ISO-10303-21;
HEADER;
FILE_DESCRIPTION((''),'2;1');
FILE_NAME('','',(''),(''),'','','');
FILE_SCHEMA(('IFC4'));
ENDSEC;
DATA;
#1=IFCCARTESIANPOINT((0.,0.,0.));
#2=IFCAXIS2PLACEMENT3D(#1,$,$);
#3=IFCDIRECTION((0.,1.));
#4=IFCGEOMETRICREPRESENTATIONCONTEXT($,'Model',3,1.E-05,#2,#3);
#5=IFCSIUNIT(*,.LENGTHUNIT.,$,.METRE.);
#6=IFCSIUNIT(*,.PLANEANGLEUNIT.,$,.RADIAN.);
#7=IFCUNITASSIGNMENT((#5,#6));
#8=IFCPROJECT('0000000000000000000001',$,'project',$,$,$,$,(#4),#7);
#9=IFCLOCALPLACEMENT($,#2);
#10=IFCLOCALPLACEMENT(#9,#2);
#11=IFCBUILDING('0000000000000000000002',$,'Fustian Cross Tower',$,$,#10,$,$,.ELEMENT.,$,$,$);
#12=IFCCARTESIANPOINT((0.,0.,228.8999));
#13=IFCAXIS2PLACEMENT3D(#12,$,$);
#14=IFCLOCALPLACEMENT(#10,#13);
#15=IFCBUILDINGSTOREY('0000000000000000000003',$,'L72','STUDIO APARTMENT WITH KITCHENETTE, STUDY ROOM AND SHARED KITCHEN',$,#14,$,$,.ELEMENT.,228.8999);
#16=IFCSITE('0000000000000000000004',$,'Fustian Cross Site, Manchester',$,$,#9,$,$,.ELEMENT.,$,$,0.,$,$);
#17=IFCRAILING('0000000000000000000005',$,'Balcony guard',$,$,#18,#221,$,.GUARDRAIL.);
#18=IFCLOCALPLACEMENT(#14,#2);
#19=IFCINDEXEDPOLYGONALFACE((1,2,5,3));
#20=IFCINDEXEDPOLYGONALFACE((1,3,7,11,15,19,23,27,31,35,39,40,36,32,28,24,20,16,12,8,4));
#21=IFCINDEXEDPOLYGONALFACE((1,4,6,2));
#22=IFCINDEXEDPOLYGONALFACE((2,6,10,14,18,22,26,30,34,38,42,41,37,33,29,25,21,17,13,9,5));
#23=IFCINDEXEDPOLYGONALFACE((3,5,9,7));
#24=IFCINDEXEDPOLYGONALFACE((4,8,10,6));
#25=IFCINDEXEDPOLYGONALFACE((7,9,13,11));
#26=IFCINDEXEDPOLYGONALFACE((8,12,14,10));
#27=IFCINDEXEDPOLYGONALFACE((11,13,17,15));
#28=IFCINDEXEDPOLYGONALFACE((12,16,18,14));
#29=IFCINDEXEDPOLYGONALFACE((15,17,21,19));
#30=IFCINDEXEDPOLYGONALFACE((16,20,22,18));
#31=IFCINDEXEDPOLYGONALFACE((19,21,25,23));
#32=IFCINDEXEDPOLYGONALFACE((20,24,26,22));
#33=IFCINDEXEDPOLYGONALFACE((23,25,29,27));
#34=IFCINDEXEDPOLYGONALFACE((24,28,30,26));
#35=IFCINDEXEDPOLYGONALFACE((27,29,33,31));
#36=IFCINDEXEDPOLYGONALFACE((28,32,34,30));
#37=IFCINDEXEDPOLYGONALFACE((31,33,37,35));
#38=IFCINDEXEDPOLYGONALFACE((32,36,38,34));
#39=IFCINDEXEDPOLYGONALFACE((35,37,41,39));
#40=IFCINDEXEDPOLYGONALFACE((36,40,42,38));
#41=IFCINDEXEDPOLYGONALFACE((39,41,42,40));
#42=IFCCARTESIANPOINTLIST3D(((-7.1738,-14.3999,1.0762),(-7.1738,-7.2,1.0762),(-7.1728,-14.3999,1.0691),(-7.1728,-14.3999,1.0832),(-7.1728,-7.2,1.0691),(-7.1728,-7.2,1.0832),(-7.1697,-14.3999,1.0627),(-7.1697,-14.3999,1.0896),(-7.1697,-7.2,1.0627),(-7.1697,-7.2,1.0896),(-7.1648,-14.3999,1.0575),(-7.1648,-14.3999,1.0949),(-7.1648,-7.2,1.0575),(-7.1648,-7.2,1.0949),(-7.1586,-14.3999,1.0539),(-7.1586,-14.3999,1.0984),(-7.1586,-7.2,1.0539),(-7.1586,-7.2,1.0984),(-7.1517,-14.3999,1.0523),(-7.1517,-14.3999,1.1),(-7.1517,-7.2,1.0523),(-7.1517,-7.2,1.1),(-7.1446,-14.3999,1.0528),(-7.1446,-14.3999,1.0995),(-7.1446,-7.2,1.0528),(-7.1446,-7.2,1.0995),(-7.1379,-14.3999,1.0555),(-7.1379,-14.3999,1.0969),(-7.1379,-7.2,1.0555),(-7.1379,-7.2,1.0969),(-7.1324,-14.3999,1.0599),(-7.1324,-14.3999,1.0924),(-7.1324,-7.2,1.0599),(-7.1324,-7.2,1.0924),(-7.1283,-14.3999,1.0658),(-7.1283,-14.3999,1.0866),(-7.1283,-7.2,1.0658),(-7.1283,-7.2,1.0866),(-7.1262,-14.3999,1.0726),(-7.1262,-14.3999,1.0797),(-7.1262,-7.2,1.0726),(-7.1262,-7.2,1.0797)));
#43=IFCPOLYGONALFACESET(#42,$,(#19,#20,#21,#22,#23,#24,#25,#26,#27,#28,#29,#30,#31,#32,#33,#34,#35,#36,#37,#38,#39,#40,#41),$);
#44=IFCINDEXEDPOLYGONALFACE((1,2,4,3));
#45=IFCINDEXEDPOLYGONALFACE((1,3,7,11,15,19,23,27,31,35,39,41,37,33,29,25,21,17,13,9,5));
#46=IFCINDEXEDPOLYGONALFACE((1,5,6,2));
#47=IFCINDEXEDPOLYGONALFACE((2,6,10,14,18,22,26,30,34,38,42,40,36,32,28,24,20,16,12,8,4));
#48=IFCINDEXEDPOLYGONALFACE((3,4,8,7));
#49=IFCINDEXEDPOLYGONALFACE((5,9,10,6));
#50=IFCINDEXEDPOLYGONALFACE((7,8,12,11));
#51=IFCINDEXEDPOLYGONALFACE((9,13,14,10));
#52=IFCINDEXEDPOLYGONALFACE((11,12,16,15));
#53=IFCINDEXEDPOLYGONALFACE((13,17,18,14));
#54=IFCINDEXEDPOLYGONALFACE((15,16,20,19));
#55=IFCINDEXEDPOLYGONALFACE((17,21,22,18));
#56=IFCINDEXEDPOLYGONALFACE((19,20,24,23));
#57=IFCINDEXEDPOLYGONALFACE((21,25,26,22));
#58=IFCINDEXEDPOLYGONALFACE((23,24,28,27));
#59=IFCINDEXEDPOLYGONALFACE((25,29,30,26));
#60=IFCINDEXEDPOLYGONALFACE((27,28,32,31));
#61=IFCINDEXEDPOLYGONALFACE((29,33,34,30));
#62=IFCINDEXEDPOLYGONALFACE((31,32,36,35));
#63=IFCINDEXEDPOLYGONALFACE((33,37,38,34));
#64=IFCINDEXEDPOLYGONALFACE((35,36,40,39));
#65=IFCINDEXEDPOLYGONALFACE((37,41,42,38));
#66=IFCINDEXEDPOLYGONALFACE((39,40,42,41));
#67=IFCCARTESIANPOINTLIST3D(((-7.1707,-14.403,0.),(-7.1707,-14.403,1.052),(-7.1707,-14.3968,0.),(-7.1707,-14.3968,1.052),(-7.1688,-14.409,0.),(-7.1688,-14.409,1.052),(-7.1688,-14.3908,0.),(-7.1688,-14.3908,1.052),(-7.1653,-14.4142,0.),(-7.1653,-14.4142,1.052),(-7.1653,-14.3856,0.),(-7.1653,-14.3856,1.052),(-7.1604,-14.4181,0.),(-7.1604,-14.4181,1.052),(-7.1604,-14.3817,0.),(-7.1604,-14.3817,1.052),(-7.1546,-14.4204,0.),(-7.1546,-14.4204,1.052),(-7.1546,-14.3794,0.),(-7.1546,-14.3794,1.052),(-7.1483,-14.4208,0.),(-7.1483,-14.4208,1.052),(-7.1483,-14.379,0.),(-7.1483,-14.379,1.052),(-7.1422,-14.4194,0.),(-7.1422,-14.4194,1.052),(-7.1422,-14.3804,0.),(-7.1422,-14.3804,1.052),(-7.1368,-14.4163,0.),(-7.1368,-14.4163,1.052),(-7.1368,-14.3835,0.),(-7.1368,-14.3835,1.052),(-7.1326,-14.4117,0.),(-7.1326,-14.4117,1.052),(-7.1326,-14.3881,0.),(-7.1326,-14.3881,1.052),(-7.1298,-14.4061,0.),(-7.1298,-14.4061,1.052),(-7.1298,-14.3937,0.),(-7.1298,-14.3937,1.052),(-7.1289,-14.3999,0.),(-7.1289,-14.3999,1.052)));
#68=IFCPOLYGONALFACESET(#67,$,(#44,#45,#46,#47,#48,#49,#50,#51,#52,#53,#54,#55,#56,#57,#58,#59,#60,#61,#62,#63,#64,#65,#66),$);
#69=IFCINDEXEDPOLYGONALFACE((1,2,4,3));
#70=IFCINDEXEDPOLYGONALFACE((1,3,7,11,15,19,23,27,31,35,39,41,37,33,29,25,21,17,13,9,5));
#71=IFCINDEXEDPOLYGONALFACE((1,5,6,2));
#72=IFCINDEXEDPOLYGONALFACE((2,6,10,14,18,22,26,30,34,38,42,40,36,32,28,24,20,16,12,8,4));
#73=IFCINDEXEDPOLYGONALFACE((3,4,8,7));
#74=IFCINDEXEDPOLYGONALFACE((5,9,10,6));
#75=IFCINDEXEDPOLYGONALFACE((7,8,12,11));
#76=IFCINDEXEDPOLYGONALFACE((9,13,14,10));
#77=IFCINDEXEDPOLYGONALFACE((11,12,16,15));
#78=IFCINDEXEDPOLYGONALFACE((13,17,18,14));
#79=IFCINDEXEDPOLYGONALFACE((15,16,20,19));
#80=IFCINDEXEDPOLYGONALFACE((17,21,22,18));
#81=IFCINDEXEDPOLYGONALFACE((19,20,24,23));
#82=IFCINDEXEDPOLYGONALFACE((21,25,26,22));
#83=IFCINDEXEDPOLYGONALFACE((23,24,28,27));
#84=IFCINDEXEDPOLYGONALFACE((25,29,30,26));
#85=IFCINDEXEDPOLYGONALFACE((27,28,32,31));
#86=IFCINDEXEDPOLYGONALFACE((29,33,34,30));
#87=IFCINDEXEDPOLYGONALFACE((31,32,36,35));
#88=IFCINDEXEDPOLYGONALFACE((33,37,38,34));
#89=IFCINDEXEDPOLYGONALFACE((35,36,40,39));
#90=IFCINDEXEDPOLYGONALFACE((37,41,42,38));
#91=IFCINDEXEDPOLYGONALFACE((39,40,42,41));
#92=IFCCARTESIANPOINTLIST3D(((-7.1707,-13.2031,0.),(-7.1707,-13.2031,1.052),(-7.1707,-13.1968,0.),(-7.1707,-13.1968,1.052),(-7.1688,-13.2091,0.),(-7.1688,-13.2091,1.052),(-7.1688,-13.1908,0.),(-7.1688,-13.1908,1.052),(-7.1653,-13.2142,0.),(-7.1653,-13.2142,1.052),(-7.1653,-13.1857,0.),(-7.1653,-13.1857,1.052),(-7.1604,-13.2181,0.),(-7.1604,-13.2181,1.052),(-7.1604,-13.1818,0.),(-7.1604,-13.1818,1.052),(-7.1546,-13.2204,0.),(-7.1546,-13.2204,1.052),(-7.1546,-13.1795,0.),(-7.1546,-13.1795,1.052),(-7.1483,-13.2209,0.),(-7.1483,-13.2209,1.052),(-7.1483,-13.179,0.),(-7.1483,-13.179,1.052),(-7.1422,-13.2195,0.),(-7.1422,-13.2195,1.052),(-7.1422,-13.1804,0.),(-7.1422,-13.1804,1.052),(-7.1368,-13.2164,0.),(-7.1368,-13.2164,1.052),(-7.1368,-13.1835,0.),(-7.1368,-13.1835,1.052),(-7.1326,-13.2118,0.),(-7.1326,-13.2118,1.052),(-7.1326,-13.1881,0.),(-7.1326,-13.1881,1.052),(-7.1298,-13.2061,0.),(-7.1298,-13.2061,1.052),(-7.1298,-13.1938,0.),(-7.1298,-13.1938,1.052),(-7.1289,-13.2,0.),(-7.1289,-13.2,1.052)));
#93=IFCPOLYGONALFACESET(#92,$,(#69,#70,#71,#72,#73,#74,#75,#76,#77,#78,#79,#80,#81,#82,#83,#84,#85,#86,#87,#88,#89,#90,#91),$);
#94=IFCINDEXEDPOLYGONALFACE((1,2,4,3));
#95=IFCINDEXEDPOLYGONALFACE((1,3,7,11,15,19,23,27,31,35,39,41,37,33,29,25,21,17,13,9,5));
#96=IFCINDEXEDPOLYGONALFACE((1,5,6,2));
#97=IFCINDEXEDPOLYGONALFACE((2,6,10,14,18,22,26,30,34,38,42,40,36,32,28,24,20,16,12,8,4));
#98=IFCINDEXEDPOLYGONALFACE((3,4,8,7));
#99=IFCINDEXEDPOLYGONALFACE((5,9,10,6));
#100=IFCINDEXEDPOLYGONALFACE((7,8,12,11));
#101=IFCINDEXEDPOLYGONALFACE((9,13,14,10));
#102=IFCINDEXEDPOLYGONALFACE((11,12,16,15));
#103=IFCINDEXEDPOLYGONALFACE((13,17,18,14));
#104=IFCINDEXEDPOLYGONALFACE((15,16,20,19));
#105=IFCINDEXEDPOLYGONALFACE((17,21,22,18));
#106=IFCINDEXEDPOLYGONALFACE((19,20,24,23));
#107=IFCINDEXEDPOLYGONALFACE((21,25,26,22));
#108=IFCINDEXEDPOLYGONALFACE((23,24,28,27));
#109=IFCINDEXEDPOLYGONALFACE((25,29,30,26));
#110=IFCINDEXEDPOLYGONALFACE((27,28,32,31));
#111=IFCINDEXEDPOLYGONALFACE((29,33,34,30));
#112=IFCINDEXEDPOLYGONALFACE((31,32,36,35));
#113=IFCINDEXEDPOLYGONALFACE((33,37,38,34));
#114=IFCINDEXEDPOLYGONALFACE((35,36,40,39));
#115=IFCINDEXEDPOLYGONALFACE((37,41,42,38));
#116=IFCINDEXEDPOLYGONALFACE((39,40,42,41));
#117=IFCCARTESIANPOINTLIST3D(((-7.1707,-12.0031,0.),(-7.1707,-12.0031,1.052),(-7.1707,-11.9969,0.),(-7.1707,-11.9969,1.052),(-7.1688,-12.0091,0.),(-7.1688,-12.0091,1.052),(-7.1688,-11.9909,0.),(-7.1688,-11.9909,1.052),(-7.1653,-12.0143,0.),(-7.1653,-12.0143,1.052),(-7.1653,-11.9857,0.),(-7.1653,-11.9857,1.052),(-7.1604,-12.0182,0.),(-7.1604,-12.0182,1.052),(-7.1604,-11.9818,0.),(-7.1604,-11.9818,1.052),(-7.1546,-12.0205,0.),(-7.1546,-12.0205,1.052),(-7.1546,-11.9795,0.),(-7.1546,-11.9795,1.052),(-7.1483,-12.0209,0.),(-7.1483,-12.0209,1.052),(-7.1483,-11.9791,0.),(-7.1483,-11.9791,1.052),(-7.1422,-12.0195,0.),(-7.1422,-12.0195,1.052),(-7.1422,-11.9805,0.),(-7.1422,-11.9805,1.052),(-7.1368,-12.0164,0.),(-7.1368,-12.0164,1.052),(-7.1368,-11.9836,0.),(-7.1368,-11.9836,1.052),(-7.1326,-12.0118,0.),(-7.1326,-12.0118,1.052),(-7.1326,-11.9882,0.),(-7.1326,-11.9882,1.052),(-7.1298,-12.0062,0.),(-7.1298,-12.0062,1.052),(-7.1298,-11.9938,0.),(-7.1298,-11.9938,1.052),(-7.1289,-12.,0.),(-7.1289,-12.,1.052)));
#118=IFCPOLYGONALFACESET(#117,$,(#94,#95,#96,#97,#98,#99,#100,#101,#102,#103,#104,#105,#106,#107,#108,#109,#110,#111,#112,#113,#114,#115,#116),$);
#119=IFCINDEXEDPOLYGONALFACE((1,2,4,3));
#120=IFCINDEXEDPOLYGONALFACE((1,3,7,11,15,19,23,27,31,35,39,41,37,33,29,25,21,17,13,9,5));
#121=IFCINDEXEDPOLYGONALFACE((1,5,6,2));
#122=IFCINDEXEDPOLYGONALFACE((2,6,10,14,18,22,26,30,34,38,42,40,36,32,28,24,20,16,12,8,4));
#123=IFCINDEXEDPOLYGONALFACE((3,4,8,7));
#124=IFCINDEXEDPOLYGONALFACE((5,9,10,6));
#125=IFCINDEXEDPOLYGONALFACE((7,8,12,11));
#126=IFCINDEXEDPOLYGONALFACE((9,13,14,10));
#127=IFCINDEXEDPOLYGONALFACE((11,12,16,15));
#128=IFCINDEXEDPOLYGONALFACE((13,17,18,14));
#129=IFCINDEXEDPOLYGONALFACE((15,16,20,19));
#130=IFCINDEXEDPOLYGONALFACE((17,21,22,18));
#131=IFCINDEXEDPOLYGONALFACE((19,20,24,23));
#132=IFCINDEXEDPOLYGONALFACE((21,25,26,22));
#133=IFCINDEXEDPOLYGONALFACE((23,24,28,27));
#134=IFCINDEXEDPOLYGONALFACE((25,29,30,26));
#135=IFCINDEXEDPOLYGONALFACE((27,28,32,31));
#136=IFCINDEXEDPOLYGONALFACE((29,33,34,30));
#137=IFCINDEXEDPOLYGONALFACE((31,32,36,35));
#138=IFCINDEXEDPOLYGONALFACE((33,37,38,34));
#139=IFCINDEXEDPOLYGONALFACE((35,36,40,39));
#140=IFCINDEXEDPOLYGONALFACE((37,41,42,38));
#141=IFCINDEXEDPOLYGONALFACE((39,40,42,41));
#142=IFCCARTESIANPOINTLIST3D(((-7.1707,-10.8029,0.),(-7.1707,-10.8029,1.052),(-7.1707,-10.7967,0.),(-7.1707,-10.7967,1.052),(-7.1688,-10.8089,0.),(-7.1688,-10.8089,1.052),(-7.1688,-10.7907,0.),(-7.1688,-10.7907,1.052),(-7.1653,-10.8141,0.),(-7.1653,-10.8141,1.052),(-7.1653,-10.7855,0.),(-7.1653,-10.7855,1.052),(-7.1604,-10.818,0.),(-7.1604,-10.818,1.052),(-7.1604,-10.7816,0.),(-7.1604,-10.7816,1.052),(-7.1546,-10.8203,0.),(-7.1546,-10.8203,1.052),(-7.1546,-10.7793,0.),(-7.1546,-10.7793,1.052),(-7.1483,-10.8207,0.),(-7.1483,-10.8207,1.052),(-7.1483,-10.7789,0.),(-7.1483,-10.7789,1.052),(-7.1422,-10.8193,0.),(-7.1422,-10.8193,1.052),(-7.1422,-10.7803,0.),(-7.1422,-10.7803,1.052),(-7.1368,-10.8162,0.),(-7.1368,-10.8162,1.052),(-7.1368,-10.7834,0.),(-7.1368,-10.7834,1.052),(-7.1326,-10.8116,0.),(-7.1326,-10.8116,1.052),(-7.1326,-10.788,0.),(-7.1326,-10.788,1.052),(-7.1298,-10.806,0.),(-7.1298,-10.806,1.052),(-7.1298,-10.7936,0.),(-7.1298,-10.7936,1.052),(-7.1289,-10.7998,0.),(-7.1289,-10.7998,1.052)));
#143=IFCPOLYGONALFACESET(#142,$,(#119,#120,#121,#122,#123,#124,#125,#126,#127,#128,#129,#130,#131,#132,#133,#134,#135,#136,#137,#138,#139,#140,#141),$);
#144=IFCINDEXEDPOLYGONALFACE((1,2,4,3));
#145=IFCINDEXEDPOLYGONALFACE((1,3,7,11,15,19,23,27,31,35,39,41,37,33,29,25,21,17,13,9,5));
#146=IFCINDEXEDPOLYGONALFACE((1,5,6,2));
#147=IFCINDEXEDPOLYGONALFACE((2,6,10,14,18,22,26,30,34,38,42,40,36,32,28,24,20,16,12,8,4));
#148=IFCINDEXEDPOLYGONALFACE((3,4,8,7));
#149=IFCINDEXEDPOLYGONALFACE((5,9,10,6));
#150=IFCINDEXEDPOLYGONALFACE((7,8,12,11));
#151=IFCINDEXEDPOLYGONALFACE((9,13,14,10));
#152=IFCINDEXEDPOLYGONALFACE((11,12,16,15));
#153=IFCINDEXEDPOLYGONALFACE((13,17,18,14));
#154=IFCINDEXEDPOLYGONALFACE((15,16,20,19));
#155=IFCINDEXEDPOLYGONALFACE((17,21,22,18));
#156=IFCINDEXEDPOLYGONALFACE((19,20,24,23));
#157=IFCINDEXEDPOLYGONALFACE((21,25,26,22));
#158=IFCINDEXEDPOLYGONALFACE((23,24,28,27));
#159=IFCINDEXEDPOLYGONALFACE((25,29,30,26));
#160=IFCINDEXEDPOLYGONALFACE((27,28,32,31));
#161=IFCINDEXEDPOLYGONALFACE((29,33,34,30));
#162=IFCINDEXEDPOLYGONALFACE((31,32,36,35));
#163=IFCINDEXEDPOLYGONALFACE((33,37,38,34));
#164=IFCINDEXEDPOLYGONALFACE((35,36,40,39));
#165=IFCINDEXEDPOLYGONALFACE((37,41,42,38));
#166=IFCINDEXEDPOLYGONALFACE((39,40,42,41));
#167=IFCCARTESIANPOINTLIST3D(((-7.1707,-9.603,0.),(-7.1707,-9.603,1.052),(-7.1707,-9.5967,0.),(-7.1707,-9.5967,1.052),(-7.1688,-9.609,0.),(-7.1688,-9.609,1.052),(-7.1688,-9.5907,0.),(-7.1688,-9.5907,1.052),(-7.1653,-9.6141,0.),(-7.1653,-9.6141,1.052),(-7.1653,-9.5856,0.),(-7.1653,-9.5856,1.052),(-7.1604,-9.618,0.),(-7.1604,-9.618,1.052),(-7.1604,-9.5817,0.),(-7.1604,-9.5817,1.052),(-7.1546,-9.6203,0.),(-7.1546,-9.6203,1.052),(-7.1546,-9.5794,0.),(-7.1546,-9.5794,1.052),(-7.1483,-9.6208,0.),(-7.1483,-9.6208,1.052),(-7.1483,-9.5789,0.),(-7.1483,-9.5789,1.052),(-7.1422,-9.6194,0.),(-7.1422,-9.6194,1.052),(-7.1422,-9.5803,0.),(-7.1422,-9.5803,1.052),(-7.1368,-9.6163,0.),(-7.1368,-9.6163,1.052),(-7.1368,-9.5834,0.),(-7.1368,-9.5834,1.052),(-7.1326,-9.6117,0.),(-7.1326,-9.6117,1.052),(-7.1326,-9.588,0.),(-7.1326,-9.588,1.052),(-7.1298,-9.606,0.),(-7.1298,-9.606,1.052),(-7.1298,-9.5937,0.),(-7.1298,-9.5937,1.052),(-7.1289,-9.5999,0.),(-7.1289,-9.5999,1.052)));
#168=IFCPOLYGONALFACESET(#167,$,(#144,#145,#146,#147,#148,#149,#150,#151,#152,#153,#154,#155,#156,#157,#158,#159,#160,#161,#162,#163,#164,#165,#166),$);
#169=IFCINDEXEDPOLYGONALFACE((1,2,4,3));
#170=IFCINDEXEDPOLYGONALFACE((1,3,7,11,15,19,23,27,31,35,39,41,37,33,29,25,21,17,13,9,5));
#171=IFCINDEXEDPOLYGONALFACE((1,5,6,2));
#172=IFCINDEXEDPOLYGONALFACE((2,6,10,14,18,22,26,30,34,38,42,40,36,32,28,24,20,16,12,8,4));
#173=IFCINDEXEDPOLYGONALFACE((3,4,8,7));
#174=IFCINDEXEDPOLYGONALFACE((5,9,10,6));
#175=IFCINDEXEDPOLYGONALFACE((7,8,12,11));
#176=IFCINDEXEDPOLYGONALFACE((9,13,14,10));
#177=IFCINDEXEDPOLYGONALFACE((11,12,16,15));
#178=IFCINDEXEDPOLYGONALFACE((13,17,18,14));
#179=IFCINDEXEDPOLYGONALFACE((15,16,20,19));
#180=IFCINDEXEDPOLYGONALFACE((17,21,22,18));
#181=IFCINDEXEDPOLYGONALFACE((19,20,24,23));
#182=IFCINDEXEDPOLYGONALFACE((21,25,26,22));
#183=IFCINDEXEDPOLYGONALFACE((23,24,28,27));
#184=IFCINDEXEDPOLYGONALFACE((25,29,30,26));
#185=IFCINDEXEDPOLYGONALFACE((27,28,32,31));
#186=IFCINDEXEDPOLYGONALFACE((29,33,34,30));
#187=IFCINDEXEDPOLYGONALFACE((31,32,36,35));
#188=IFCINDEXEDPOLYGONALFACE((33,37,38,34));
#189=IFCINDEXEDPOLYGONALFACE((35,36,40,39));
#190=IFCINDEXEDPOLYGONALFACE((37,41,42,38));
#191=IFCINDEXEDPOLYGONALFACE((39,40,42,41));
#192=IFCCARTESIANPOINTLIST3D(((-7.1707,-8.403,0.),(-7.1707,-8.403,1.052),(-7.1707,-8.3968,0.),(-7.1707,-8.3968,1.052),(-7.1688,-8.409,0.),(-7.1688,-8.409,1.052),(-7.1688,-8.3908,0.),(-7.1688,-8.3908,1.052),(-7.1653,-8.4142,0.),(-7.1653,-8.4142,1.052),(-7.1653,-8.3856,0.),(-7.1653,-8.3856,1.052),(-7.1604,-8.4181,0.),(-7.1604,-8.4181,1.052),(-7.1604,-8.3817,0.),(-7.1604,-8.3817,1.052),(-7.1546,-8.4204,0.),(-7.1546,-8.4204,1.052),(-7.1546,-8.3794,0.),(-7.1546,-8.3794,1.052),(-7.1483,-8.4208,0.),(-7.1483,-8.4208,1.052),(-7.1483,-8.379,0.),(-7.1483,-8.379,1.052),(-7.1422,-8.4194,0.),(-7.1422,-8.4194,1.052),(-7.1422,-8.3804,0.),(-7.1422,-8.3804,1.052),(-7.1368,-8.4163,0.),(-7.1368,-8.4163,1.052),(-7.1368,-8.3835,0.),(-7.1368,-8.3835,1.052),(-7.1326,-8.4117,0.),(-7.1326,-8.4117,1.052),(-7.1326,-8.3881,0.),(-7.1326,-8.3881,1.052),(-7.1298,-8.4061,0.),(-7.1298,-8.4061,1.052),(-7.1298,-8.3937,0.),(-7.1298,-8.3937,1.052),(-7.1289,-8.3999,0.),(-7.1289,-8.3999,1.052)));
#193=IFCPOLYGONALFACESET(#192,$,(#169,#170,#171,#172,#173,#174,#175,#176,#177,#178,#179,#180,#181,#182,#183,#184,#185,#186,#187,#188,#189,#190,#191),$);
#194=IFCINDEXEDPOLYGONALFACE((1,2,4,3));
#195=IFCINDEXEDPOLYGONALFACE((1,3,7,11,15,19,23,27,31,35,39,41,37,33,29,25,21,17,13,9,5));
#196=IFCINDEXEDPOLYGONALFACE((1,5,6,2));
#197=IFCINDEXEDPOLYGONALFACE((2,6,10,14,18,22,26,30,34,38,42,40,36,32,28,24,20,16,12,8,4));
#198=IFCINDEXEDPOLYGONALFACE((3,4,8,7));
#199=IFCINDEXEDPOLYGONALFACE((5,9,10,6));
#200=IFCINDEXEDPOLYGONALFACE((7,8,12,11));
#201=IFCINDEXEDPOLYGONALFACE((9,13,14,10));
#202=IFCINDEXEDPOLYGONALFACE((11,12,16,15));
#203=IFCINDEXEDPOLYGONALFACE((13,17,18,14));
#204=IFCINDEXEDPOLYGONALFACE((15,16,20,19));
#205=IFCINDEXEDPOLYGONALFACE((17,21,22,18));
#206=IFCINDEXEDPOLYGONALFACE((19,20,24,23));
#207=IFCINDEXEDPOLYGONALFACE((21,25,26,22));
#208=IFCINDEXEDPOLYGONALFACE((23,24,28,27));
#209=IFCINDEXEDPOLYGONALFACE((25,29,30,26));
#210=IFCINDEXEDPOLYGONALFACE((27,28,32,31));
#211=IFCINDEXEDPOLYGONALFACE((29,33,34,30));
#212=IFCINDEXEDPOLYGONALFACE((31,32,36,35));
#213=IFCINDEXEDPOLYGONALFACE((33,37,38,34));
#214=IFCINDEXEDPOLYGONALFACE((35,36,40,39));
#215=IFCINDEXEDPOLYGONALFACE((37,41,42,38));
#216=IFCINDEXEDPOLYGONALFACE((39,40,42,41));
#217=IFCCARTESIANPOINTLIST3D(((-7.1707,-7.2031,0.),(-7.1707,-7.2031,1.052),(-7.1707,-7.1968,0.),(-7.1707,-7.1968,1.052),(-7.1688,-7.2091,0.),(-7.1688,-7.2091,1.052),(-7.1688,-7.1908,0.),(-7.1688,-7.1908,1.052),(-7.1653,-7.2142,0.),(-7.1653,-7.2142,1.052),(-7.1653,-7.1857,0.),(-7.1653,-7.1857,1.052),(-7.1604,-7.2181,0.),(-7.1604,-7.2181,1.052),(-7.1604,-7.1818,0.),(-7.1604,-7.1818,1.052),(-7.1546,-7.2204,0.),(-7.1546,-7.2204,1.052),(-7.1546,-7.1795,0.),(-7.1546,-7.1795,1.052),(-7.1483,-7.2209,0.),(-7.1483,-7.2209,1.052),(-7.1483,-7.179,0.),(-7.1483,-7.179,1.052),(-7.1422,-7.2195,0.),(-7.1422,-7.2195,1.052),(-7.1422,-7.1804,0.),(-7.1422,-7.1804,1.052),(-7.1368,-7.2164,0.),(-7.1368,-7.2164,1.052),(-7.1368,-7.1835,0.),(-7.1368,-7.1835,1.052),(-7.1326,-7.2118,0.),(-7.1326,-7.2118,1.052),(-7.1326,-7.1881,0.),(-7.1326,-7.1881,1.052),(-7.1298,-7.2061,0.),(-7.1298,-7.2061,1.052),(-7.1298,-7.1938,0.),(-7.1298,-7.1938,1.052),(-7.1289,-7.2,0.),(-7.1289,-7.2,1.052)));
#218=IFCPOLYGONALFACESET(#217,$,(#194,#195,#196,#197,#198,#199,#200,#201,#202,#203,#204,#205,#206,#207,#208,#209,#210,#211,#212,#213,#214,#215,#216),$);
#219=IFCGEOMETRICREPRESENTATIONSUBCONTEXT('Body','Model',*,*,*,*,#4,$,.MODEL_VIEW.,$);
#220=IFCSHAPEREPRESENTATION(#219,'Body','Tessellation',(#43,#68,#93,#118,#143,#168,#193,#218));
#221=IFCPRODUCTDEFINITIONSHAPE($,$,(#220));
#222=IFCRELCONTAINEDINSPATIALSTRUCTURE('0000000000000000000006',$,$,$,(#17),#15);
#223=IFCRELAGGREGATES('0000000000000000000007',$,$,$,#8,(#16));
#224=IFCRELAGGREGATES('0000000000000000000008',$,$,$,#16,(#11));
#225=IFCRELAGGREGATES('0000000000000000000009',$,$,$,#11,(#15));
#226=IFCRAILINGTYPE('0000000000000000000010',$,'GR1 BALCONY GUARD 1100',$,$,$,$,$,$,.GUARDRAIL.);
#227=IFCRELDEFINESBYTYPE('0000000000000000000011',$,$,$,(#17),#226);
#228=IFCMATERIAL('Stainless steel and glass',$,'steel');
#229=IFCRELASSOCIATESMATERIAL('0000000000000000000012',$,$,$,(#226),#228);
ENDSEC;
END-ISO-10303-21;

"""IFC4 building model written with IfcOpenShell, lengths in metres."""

from ifc_helpers import new_model, si_unit, direction, frame, origin, origin_2d, place, context, subcontext, project, spatial, circle, extrude, material, type_object, element, save


model = new_model("IFC4")

# Units and contexts
model_context = context("Model", 3, precision=1e-05, world=origin(), true_north=direction((0.0, 1.0)))
body_context = subcontext(model_context, "Body", "Model", "MODEL_VIEW")
ifc_project = project(units=[si_unit("LENGTHUNIT", "METRE"), si_unit("PLANEANGLEUNIT", "RADIAN")], contexts=[model_context])

# Site, building, storey
site_placement = place(None, origin())
site = spatial("IfcSite", under=ifc_project, at=site_placement, Name="Fustian Cross Site, Manchester", CompositionType="ELEMENT", RefElevation=0.0)
building_placement = place(site_placement, origin())
building = spatial("IfcBuilding", under=site, at=building_placement, Name="Fustian Cross Tower", CompositionType="ELEMENT")
storey_placement = place(building_placement, frame((0.0, 0.0, 228.8999)))
storey = spatial("IfcBuildingStorey", under=building, at=storey_placement, Name="L72", Description="STUDIO APARTMENT WITH KITCHENETTE, STUDY ROOM AND SHARED KITCHEN", CompositionType="ELEMENT", Elevation=228.8999)

# Railing
ifc_material_1 = material(Name="Stainless steel and glass", Category="steel")
railing_type_1 = type_object("IfcRailingType", Name="GR1 BALCONY GUARD 1100", PredefinedType="GUARDRAIL", material=ifc_material_1)
railing_1_placement = place(storey_placement, frame((-7.1499, -14.3999, 0.0)))
element("IfcRailing", 1, at=railing_1_placement, inside=storey, type_object=railing_type_1, Name="Balcony guard", PredefinedType="GUARDRAIL", context=body_context, shape_type="SweptSolid", body=[
    extrude(circle(Radius=0.0239, at=origin_2d()), frame((0.0, 0.0, 1.0762), z_axis=(0.0, 1.0, 0.0), x_axis=(-1.0, 0.0, 0.0)), (0.0, 0.0, 1.0), 7.2),
    extrude(circle(Radius=0.021, at=origin_2d()), origin(), (0.0, 0.0, 1.0), 1.052),
    extrude(circle(Radius=0.021, at=origin_2d()), frame((0.0, 1.2, 0.0)), (0.0, 0.0, 1.0), 1.052),
    extrude(circle(Radius=0.021, at=origin_2d()), frame((0.0, 2.3999, 0.0)), (0.0, 0.0, 1.0), 1.052),
    extrude(circle(Radius=0.021, at=origin_2d()), frame((0.0, 3.6001, 0.0)), (0.0, 0.0, 1.0), 1.052),
    extrude(circle(Radius=0.021, at=origin_2d()), frame((0.0, 4.8, 0.0)), (0.0, 0.0, 1.0), 1.052),
    extrude(circle(Radius=0.021, at=origin_2d()), frame((0.0, 6.0, 0.0)), (0.0, 0.0, 1.0), 1.052),
    extrude(circle(Radius=0.021, at=origin_2d()), frame((0.0, 7.2, 0.0)), (0.0, 0.0, 1.0), 1.052),
])

save(model, "model.ifc")
